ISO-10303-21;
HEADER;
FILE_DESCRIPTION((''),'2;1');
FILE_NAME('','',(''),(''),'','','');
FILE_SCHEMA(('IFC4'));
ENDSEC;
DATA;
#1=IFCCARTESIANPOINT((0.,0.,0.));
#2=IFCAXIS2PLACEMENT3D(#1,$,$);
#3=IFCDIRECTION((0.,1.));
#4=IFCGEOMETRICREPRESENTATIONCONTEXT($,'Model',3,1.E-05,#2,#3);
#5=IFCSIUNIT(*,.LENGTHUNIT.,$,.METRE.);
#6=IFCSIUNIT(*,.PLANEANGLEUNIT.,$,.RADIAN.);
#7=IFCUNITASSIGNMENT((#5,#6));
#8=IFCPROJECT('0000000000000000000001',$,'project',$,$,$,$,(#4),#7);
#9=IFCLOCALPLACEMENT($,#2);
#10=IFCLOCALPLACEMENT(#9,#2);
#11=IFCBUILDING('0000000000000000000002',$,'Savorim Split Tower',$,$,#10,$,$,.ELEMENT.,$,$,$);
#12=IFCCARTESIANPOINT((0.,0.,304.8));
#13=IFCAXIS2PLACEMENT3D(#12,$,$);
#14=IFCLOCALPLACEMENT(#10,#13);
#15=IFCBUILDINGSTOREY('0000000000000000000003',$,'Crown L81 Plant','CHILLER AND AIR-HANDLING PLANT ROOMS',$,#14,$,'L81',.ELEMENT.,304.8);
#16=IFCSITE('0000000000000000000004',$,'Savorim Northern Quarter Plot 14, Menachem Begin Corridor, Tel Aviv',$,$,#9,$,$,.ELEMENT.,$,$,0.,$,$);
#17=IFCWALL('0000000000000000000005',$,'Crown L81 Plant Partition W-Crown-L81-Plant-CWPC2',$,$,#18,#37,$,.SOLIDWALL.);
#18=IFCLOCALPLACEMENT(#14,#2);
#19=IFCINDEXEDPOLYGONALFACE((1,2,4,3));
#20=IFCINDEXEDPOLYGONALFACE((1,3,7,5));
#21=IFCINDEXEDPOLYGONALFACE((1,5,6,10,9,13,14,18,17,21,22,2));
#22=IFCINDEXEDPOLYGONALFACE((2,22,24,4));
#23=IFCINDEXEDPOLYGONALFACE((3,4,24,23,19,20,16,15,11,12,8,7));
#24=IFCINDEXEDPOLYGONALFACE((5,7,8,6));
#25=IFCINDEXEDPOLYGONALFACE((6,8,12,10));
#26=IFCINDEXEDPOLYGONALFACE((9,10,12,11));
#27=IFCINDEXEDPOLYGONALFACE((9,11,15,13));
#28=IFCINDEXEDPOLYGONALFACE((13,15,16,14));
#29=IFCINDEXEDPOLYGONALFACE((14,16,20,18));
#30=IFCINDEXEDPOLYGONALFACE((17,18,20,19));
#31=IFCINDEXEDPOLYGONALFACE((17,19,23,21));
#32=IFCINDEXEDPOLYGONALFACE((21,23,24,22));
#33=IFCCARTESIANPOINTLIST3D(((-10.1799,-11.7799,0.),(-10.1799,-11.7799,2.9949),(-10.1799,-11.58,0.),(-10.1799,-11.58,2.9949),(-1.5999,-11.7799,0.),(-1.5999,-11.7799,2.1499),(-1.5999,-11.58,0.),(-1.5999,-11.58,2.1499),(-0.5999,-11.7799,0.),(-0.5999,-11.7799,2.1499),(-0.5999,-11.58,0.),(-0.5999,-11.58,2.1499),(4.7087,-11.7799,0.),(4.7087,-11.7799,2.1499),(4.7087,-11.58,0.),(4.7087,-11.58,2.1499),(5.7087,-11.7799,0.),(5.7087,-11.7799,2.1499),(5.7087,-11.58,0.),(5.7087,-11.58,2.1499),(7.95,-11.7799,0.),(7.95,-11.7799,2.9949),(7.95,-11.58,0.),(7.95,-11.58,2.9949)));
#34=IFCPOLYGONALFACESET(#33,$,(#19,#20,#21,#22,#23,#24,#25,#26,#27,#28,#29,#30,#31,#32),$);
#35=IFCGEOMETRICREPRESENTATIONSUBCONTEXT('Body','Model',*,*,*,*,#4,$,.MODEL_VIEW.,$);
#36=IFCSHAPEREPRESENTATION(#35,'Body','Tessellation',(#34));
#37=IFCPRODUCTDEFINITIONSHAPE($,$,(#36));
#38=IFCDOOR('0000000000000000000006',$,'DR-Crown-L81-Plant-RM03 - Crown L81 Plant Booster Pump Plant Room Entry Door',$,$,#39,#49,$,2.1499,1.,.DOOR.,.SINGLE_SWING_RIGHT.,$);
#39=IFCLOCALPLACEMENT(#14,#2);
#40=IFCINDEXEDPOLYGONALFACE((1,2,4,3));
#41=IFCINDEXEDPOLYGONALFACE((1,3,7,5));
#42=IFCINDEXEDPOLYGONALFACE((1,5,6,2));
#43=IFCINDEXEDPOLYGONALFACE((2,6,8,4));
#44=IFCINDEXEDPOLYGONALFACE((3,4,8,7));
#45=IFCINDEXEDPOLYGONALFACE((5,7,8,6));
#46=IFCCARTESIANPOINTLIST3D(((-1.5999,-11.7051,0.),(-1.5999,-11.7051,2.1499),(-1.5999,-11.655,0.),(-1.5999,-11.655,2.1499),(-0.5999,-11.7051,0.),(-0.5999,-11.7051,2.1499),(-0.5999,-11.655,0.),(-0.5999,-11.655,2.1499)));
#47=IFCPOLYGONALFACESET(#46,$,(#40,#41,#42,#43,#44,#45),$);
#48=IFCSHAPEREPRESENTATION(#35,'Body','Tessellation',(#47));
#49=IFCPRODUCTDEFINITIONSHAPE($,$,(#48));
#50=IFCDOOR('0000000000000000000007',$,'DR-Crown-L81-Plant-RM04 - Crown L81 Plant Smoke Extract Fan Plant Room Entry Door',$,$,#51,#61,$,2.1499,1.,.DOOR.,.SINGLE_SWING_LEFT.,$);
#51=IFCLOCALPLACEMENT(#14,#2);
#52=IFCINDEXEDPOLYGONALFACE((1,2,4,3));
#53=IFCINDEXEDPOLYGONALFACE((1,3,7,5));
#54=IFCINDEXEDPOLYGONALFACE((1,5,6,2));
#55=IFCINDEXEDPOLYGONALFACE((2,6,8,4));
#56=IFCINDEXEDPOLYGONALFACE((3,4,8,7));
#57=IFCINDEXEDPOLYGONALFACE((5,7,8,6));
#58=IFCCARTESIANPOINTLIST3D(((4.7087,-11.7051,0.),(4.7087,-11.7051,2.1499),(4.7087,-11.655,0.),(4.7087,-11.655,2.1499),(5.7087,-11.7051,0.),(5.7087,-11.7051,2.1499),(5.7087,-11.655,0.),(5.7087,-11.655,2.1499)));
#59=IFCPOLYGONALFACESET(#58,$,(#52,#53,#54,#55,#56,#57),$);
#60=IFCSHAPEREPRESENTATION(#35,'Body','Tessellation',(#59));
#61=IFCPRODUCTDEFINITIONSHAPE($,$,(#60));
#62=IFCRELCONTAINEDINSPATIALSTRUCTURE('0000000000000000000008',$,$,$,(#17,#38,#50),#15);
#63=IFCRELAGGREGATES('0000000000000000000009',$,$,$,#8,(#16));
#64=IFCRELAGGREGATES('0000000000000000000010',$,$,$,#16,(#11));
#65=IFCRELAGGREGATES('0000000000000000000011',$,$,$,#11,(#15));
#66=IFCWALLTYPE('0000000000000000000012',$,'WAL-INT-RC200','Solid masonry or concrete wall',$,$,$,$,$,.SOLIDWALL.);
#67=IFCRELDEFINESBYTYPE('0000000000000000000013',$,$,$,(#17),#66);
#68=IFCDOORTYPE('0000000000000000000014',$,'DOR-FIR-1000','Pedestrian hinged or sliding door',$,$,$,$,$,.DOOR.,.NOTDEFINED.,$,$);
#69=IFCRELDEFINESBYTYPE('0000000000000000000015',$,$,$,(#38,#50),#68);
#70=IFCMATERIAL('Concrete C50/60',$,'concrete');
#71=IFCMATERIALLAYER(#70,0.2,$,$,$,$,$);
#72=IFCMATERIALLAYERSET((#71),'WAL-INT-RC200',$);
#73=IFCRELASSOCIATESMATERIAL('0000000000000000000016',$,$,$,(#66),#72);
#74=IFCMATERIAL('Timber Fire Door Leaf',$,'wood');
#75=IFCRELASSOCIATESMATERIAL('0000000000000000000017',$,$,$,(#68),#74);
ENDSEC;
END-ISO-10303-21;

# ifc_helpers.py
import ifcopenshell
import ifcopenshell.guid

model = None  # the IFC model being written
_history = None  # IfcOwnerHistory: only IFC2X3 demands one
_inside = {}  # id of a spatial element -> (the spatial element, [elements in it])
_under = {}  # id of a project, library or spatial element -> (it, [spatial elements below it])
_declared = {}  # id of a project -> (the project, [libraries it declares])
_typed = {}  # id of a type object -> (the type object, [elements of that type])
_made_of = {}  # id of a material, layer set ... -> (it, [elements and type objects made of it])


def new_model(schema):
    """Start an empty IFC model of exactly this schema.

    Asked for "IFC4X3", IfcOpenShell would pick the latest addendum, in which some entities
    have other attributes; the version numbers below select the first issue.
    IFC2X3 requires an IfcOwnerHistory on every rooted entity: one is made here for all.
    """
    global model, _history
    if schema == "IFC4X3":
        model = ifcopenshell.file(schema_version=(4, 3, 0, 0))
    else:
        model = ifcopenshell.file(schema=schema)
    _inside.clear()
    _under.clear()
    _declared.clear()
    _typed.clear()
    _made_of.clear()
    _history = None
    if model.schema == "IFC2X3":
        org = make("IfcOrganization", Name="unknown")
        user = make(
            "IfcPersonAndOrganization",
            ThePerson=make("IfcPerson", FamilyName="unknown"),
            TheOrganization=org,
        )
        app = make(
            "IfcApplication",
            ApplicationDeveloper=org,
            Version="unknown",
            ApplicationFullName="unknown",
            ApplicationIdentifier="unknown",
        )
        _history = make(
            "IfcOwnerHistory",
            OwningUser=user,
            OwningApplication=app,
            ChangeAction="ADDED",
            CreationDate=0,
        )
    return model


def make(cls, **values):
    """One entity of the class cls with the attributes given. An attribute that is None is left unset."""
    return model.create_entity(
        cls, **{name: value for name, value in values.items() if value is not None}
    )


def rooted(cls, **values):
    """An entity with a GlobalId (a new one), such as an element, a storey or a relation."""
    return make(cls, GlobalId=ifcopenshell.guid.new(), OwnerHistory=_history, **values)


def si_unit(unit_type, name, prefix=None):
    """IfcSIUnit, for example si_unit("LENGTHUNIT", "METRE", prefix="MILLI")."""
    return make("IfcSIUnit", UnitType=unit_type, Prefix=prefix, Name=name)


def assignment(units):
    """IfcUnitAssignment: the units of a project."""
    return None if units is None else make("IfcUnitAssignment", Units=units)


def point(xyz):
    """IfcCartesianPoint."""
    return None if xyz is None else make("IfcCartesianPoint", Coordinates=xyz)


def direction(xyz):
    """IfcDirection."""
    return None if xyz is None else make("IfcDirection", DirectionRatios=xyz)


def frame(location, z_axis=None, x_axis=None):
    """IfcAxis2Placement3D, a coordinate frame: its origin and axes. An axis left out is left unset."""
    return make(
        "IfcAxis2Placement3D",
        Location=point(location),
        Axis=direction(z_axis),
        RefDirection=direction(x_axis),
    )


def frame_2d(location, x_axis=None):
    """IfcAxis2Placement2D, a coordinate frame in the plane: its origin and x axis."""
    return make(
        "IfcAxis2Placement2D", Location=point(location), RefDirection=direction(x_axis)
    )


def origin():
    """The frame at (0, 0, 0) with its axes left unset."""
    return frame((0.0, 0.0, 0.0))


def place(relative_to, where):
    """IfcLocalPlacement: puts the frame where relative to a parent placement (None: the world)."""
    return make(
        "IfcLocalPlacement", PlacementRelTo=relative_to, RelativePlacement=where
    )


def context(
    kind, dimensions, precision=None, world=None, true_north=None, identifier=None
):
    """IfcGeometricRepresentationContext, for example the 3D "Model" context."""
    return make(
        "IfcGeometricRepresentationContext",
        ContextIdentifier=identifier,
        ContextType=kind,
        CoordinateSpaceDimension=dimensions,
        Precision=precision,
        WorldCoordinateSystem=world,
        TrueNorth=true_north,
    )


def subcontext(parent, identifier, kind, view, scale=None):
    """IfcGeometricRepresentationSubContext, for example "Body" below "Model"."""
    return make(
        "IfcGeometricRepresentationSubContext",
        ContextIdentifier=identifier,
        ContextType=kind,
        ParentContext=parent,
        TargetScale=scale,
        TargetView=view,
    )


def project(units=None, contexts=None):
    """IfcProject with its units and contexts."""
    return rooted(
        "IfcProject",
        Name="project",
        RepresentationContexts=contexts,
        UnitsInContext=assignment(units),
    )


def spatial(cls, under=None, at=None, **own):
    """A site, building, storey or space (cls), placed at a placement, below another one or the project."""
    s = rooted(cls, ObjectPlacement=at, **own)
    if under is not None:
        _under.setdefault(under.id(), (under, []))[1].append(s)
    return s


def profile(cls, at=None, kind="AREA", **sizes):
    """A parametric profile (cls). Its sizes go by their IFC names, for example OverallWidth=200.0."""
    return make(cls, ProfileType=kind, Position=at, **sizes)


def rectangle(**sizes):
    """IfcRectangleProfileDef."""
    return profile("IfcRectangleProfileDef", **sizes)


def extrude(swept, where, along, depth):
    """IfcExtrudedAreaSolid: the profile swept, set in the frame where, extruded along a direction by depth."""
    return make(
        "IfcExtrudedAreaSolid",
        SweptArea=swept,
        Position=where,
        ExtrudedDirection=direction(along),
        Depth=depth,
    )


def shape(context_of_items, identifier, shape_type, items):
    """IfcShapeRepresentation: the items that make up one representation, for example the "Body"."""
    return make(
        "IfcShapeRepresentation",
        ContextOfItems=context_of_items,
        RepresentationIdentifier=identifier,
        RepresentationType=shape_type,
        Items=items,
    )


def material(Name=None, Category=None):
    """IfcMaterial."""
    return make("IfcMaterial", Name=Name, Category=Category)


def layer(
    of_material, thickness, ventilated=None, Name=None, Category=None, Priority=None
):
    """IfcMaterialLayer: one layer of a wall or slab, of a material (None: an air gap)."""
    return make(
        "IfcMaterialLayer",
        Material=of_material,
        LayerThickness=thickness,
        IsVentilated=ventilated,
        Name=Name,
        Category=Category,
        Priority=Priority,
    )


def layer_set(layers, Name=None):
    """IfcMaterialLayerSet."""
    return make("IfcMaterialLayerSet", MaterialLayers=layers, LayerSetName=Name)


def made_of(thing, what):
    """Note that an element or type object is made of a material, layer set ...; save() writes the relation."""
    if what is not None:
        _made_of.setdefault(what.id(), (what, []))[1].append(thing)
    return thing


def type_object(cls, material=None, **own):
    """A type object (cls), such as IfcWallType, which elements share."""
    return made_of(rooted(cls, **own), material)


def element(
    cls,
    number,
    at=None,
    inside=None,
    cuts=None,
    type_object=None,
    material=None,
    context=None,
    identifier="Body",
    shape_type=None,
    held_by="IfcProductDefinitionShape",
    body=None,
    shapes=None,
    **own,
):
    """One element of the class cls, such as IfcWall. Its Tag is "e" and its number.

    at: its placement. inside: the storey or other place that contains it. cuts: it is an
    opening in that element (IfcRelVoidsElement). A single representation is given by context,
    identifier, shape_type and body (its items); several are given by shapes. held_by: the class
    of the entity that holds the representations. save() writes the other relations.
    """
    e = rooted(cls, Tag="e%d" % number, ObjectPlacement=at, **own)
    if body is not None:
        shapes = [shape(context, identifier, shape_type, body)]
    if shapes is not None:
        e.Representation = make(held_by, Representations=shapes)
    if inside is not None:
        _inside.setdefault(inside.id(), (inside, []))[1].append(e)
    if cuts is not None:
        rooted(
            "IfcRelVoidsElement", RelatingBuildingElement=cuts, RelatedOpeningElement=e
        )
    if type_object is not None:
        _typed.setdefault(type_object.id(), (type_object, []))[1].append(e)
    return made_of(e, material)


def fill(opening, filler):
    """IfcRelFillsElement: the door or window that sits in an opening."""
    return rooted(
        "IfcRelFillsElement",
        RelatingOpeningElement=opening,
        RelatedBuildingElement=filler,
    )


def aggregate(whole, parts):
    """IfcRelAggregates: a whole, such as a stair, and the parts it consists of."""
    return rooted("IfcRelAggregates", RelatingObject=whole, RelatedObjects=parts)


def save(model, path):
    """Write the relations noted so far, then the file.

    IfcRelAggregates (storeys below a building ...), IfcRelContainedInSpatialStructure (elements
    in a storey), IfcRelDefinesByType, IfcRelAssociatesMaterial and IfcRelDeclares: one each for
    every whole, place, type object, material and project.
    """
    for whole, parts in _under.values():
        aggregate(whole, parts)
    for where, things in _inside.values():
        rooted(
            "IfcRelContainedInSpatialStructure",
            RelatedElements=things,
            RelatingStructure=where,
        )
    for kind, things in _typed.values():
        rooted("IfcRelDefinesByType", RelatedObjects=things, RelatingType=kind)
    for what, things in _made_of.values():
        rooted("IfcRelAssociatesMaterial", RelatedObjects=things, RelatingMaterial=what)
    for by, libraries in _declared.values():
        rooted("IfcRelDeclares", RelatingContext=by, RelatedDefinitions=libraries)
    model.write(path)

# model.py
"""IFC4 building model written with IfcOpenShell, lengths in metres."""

from ifc_helpers import new_model, si_unit, direction, frame, frame_2d, origin, place, context, subcontext, project, spatial, rectangle, extrude, material, layer, layer_set, type_object, element, fill, save


model = new_model("IFC4")

# Units and contexts
model_context = context("Model", 3, precision=1e-05, world=origin(), true_north=direction((0.0, 1.0)))
body_context = subcontext(model_context, "Body", "Model", "MODEL_VIEW")
ifc_project = project(units=[si_unit("LENGTHUNIT", "METRE"), si_unit("PLANEANGLEUNIT", "RADIAN")], contexts=[model_context])

# Site, building, storey
site_placement = place(None, origin())
site = spatial("IfcSite", under=ifc_project, at=site_placement, Name="Savorim Northern Quarter Plot 14, Menachem Begin Corridor, Tel Aviv", CompositionType="ELEMENT", RefElevation=0.0)
building_placement = place(site_placement, origin())
building = spatial("IfcBuilding", under=site, at=building_placement, Name="Savorim Split Tower", CompositionType="ELEMENT")
storey_placement = place(building_placement, frame((0.0, 0.0, 304.8)))
storey = spatial("IfcBuildingStorey", under=building, at=storey_placement, Name="Crown L81 Plant", Description="CHILLER AND AIR-HANDLING PLANT ROOMS", LongName="L81", CompositionType="ELEMENT", Elevation=304.8)

# Shared definitions
ifc_material_1 = material(Name="Timber Fire Door Leaf", Category="wood")

# Shared definitions
ifc_material_2 = material(Name="Concrete C50/60", Category="concrete")
ifc_layer_1 = layer(ifc_material_2, 0.2)
ifc_layer_set_1 = layer_set([ifc_layer_1], Name="WAL-INT-RC200")
wall_type_1 = type_object("IfcWallType", Name="WAL-INT-RC200", Description="Solid masonry or concrete wall", PredefinedType="SOLIDWALL", material=ifc_layer_set_1)

# Wall, openings, doors
door_type_1 = type_object("IfcDoorType", Name="DOR-FIR-1000", Description="Pedestrian hinged or sliding door", OperationType="NOTDEFINED", PredefinedType="DOOR", material=ifc_material_1)
wall_1_placement = place(storey_placement, frame((-10.1799, -11.6799, 0.0), z_axis=(0.0, 0.0, 1.0), x_axis=(1.0, 0.0, 0.0)))
wall_1 = element("IfcWall", 1, at=wall_1_placement, inside=storey, type_object=wall_type_1, Name="Crown L81 Plant Partition W-Crown-L81-Plant-CWPC2", PredefinedType="SOLIDWALL", context=body_context, shape_type="SweptSolid", body=[
    extrude(rectangle(XDim=18.1299, YDim=0.2, at=frame_2d((9.0649, 0.0))), origin(), (0.0, 0.0, 1.0), 2.9949),
])
opening_1_placement = place(wall_1_placement, frame((8.5801, 0.0, 0.0)))
opening_1 = element("IfcOpeningElement", 2, at=opening_1_placement, cuts=wall_1, PredefinedType="OPENING", context=body_context, shape_type="SweptSolid", body=[
    extrude(rectangle(XDim=1.0, YDim=2.1499, at=frame_2d((0.5, 1.075))), frame((0.0, 0.1099, 0.0), z_axis=(0.0, -1.0, 0.0), x_axis=(1.0, 0.0, 0.0)), (0.0, 0.0, 1.0), 0.22),
])
opening_2_placement = place(wall_1_placement, frame((14.8887, 0.0, 0.0)))
opening_2 = element("IfcOpeningElement", 3, at=opening_2_placement, cuts=wall_1, PredefinedType="OPENING", context=body_context, shape_type="SweptSolid", body=[
    extrude(rectangle(XDim=1.0, YDim=2.1499, at=frame_2d((0.5, 1.075))), frame((0.0, 0.1099, 0.0), z_axis=(0.0, -1.0, 0.0), x_axis=(1.0, 0.0, 0.0)), (0.0, 0.0, 1.0), 0.22),
])
door_1_placement = place(opening_1_placement, origin())
door_1 = element("IfcDoor", 4, at=door_1_placement, inside=storey, type_object=door_type_1, Name="DR-Crown-L81-Plant-RM03 - Crown L81 Plant Booster Pump Plant Room Entry Door", OperationType="SINGLE_SWING_RIGHT", OverallHeight=2.1499, OverallWidth=1.0, PredefinedType="DOOR", context=body_context, shape_type="SweptSolid", body=[
    extrude(rectangle(XDim=1.0, YDim=2.1499, at=frame_2d((0.5, 1.075))), frame((0.0, 0.0249, 0.0), z_axis=(0.0, -1.0, 0.0), x_axis=(1.0, 0.0, 0.0)), (0.0, 0.0, 1.0), 0.05),
])
fill(opening_1, door_1)
door_2_placement = place(opening_2_placement, origin())
door_2 = element("IfcDoor", 5, at=door_2_placement, inside=storey, type_object=door_type_1, Name="DR-Crown-L81-Plant-RM04 - Crown L81 Plant Smoke Extract Fan Plant Room Entry Door", OperationType="SINGLE_SWING_LEFT", OverallHeight=2.1499, OverallWidth=1.0, PredefinedType="DOOR", context=body_context, shape_type="SweptSolid", body=[
    extrude(rectangle(XDim=1.0, YDim=2.1499, at=frame_2d((0.5, 1.075))), frame((0.0, 0.0249, 0.0), z_axis=(0.0, -1.0, 0.0), x_axis=(1.0, 0.0, 0.0)), (0.0, 0.0, 1.0), 0.05),
])
fill(opening_2, door_2)

save(model, "model.ifc")
